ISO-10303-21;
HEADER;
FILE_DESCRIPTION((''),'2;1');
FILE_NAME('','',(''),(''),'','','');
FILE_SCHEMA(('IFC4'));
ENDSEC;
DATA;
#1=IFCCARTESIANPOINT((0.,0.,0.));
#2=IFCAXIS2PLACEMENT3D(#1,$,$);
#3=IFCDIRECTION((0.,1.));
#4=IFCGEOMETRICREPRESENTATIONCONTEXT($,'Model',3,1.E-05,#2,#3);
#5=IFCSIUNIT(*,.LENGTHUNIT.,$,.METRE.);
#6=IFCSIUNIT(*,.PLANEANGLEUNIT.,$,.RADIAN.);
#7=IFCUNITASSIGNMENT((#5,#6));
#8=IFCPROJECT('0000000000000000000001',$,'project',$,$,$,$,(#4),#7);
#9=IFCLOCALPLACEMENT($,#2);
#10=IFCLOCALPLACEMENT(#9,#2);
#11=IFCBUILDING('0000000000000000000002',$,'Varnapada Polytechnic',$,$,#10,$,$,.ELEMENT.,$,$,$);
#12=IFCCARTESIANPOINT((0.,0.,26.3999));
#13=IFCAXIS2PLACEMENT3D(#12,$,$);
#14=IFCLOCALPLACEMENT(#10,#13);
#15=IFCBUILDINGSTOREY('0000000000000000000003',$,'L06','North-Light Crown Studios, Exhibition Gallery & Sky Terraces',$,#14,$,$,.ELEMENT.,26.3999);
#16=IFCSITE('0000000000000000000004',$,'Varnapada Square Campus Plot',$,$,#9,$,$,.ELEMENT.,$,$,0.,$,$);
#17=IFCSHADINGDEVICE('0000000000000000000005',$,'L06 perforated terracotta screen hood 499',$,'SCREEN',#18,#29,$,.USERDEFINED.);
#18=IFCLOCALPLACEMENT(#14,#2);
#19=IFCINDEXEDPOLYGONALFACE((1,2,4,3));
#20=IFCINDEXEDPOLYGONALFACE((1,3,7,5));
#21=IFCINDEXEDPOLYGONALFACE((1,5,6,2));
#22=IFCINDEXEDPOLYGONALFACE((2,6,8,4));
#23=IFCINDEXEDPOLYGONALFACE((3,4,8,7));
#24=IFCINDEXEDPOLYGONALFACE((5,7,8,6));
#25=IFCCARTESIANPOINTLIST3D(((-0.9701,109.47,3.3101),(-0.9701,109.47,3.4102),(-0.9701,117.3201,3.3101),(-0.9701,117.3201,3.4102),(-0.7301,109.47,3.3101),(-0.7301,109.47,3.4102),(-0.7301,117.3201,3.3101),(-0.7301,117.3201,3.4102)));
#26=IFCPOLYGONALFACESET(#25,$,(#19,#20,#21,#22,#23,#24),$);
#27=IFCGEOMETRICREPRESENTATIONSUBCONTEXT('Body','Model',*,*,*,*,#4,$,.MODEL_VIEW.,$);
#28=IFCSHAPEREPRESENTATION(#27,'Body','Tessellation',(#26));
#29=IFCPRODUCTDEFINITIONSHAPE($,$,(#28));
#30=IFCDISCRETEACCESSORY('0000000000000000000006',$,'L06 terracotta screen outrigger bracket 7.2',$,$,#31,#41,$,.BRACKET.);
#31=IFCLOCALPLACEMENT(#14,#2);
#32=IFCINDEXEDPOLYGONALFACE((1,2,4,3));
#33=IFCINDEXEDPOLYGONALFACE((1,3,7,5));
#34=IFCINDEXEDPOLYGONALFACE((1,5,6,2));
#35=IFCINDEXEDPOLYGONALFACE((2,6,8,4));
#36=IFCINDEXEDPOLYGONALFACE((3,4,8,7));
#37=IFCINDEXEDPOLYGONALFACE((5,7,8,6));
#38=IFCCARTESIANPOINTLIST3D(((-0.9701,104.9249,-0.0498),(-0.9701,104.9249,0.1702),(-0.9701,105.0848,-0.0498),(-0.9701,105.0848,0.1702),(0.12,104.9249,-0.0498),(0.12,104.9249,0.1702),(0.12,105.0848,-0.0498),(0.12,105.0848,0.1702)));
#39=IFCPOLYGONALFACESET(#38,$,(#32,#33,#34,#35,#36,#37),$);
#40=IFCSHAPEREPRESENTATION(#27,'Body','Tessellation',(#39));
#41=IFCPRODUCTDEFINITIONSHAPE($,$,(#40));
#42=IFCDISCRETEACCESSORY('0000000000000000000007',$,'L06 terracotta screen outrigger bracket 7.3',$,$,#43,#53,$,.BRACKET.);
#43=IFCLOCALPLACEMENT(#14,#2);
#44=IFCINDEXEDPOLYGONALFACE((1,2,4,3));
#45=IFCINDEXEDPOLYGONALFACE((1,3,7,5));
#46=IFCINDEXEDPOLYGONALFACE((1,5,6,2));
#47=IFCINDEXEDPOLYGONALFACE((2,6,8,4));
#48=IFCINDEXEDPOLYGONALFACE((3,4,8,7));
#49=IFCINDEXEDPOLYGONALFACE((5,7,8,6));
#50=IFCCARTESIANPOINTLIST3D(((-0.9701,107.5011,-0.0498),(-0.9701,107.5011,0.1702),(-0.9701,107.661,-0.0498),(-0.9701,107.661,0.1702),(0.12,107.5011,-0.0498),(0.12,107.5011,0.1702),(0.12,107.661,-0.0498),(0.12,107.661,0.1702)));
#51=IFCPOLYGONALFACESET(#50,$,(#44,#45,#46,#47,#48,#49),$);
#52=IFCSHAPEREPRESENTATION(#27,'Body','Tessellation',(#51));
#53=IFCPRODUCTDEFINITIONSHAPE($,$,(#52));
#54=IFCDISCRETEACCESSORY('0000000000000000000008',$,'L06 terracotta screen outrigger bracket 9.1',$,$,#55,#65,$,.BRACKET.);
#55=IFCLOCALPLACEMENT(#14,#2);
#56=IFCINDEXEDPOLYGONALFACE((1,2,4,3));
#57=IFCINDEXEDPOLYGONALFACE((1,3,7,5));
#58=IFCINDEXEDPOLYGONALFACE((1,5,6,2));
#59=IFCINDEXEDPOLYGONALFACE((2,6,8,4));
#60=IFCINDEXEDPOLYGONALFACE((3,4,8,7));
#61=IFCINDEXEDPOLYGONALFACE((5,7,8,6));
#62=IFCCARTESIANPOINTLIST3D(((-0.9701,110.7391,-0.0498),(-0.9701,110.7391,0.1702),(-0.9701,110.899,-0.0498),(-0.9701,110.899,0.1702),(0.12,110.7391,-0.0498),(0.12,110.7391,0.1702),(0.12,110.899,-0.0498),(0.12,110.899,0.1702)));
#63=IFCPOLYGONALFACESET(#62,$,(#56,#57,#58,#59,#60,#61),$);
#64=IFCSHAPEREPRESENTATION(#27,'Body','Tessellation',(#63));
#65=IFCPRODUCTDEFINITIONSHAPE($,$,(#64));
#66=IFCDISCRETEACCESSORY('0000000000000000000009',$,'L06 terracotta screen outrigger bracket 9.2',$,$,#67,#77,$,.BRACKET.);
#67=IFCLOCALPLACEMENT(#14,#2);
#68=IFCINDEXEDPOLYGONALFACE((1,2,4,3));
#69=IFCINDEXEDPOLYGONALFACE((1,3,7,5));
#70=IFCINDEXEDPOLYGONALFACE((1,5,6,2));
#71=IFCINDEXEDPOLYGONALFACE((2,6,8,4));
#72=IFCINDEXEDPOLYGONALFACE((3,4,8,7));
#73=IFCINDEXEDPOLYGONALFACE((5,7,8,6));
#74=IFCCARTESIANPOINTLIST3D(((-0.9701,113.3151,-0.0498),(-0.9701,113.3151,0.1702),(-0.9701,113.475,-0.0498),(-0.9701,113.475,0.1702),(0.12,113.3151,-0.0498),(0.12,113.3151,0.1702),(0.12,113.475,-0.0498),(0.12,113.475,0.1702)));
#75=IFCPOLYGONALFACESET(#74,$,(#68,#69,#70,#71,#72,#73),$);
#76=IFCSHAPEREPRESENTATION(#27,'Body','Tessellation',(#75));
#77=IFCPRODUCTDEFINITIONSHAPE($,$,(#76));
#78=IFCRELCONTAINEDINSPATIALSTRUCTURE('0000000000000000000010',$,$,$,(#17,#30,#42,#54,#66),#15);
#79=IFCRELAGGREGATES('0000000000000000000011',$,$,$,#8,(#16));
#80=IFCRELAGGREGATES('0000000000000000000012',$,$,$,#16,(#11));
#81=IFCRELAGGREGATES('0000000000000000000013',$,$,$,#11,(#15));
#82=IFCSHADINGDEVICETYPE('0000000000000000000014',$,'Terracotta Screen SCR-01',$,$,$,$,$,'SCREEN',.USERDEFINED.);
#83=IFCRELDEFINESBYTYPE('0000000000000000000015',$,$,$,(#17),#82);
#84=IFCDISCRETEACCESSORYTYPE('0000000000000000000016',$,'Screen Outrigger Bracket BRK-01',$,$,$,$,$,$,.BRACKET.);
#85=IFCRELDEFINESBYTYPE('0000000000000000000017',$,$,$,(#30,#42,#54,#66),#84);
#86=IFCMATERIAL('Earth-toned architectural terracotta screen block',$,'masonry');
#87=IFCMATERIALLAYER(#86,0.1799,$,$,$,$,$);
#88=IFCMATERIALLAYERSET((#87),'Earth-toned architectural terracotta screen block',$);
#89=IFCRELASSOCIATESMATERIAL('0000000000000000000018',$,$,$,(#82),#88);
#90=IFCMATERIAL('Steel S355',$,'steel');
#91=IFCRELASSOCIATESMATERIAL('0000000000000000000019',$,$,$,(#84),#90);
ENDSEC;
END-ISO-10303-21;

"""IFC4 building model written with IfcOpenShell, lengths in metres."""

from ifc_helpers import new_model, si_unit, direction, frame, origin, origin_2d, place, context, subcontext, project, spatial, rectangle, extrude, material, layer, layer_set, type_object, element, save


model = new_model("IFC4")

# Units and contexts
model_context = context("Model", 3, precision=1e-05, world=origin(), true_north=direction((0.0, 1.0)))
body_context = subcontext(model_context, "Body", "Model", "MODEL_VIEW")
ifc_project = project(units=[si_unit("LENGTHUNIT", "METRE"), si_unit("PLANEANGLEUNIT", "RADIAN")], contexts=[model_context])

# Site, building, storey
site_placement = place(None, origin())
site = spatial("IfcSite", under=ifc_project, at=site_placement, Name="Varnapada Square Campus Plot", CompositionType="ELEMENT", RefElevation=0.0)
building_placement = place(site_placement, origin())
building = spatial("IfcBuilding", under=site, at=building_placement, Name="Varnapada Polytechnic", CompositionType="ELEMENT")
storey_placement = place(building_placement, frame((0.0, 0.0, 26.3999)))
storey = spatial("IfcBuildingStorey", under=building, at=storey_placement, Name="L06", Description="North-Light Crown Studios, Exhibition Gallery & Sky Terraces", CompositionType="ELEMENT", Elevation=26.3999)

# Shared definitions
ifc_material_1 = material(Name="Earth-toned architectural terracotta screen block", Category="masonry")

# Shading device
ifc_layer_1 = layer(ifc_material_1, 0.1799)
ifc_layer_set_1 = layer_set([ifc_layer_1], Name="Earth-toned architectural terracotta screen block")
shading_device_type = type_object("IfcShadingDeviceType", Name="Terracotta Screen SCR-01", ElementType="SCREEN", PredefinedType="USERDEFINED", material=ifc_layer_set_1)
for number, where, z_axis, x_axis, name in (
    (1, (-0.8501, 113.395, 3.3101), (0.0, 0.0, 1.0), (0.0, 1.0, 0.0), "L06 perforated terracotta screen hood 499"),
):
    element("IfcShadingDevice", number, at=place(storey_placement, frame(where, z_axis=z_axis, x_axis=x_axis)), inside=storey, type_object=shading_device_type, Name=name, ObjectType="SCREEN", PredefinedType="USERDEFINED", context=body_context, shape_type="SweptSolid", body=[
        extrude(rectangle(XDim=7.8501, YDim=0.24, at=origin_2d()), origin(), (0.0, 0.0, 1.0), 0.1001),
    ])

# Discrete accessories
ifc_material_2 = material(Name="Steel S355", Category="steel")
discrete_accessory_type = type_object("IfcDiscreteAccessoryType", Name="Screen Outrigger Bracket BRK-01", PredefinedType="BRACKET", material=ifc_material_2)
for number, where, z_axis, x_axis, name in (
    (2, (-0.425, 105.0049, -0.0498), (0.0, 0.0, 1.0), (0.0, 1.0, 0.0), "L06 terracotta screen outrigger bracket 7.2"),
    (3, (-0.425, 107.5811, -0.0498), (0.0, 0.0, 1.0), (0.0, 1.0, 0.0), "L06 terracotta screen outrigger bracket 7.3"),
    (4, (-0.425, 110.8191, -0.0498), (0.0, 0.0, 1.0), (0.0, 1.0, 0.0), "L06 terracotta screen outrigger bracket 9.1"),
    (5, (-0.425, 113.395, -0.0498), (0.0, 0.0, 1.0), (0.0, 1.0, 0.0), "L06 terracotta screen outrigger bracket 9.2"),
):
    element("IfcDiscreteAccessory", number, at=place(storey_placement, frame(where, z_axis=z_axis, x_axis=x_axis)), inside=storey, type_object=discrete_accessory_type, Name=name, PredefinedType="BRACKET", context=body_context, shape_type="SweptSolid", body=[
        extrude(rectangle(XDim=0.1599, YDim=1.0901, at=origin_2d()), origin(), (0.0, 0.0, 1.0), 0.22),
    ])

save(model, "model.ifc")
